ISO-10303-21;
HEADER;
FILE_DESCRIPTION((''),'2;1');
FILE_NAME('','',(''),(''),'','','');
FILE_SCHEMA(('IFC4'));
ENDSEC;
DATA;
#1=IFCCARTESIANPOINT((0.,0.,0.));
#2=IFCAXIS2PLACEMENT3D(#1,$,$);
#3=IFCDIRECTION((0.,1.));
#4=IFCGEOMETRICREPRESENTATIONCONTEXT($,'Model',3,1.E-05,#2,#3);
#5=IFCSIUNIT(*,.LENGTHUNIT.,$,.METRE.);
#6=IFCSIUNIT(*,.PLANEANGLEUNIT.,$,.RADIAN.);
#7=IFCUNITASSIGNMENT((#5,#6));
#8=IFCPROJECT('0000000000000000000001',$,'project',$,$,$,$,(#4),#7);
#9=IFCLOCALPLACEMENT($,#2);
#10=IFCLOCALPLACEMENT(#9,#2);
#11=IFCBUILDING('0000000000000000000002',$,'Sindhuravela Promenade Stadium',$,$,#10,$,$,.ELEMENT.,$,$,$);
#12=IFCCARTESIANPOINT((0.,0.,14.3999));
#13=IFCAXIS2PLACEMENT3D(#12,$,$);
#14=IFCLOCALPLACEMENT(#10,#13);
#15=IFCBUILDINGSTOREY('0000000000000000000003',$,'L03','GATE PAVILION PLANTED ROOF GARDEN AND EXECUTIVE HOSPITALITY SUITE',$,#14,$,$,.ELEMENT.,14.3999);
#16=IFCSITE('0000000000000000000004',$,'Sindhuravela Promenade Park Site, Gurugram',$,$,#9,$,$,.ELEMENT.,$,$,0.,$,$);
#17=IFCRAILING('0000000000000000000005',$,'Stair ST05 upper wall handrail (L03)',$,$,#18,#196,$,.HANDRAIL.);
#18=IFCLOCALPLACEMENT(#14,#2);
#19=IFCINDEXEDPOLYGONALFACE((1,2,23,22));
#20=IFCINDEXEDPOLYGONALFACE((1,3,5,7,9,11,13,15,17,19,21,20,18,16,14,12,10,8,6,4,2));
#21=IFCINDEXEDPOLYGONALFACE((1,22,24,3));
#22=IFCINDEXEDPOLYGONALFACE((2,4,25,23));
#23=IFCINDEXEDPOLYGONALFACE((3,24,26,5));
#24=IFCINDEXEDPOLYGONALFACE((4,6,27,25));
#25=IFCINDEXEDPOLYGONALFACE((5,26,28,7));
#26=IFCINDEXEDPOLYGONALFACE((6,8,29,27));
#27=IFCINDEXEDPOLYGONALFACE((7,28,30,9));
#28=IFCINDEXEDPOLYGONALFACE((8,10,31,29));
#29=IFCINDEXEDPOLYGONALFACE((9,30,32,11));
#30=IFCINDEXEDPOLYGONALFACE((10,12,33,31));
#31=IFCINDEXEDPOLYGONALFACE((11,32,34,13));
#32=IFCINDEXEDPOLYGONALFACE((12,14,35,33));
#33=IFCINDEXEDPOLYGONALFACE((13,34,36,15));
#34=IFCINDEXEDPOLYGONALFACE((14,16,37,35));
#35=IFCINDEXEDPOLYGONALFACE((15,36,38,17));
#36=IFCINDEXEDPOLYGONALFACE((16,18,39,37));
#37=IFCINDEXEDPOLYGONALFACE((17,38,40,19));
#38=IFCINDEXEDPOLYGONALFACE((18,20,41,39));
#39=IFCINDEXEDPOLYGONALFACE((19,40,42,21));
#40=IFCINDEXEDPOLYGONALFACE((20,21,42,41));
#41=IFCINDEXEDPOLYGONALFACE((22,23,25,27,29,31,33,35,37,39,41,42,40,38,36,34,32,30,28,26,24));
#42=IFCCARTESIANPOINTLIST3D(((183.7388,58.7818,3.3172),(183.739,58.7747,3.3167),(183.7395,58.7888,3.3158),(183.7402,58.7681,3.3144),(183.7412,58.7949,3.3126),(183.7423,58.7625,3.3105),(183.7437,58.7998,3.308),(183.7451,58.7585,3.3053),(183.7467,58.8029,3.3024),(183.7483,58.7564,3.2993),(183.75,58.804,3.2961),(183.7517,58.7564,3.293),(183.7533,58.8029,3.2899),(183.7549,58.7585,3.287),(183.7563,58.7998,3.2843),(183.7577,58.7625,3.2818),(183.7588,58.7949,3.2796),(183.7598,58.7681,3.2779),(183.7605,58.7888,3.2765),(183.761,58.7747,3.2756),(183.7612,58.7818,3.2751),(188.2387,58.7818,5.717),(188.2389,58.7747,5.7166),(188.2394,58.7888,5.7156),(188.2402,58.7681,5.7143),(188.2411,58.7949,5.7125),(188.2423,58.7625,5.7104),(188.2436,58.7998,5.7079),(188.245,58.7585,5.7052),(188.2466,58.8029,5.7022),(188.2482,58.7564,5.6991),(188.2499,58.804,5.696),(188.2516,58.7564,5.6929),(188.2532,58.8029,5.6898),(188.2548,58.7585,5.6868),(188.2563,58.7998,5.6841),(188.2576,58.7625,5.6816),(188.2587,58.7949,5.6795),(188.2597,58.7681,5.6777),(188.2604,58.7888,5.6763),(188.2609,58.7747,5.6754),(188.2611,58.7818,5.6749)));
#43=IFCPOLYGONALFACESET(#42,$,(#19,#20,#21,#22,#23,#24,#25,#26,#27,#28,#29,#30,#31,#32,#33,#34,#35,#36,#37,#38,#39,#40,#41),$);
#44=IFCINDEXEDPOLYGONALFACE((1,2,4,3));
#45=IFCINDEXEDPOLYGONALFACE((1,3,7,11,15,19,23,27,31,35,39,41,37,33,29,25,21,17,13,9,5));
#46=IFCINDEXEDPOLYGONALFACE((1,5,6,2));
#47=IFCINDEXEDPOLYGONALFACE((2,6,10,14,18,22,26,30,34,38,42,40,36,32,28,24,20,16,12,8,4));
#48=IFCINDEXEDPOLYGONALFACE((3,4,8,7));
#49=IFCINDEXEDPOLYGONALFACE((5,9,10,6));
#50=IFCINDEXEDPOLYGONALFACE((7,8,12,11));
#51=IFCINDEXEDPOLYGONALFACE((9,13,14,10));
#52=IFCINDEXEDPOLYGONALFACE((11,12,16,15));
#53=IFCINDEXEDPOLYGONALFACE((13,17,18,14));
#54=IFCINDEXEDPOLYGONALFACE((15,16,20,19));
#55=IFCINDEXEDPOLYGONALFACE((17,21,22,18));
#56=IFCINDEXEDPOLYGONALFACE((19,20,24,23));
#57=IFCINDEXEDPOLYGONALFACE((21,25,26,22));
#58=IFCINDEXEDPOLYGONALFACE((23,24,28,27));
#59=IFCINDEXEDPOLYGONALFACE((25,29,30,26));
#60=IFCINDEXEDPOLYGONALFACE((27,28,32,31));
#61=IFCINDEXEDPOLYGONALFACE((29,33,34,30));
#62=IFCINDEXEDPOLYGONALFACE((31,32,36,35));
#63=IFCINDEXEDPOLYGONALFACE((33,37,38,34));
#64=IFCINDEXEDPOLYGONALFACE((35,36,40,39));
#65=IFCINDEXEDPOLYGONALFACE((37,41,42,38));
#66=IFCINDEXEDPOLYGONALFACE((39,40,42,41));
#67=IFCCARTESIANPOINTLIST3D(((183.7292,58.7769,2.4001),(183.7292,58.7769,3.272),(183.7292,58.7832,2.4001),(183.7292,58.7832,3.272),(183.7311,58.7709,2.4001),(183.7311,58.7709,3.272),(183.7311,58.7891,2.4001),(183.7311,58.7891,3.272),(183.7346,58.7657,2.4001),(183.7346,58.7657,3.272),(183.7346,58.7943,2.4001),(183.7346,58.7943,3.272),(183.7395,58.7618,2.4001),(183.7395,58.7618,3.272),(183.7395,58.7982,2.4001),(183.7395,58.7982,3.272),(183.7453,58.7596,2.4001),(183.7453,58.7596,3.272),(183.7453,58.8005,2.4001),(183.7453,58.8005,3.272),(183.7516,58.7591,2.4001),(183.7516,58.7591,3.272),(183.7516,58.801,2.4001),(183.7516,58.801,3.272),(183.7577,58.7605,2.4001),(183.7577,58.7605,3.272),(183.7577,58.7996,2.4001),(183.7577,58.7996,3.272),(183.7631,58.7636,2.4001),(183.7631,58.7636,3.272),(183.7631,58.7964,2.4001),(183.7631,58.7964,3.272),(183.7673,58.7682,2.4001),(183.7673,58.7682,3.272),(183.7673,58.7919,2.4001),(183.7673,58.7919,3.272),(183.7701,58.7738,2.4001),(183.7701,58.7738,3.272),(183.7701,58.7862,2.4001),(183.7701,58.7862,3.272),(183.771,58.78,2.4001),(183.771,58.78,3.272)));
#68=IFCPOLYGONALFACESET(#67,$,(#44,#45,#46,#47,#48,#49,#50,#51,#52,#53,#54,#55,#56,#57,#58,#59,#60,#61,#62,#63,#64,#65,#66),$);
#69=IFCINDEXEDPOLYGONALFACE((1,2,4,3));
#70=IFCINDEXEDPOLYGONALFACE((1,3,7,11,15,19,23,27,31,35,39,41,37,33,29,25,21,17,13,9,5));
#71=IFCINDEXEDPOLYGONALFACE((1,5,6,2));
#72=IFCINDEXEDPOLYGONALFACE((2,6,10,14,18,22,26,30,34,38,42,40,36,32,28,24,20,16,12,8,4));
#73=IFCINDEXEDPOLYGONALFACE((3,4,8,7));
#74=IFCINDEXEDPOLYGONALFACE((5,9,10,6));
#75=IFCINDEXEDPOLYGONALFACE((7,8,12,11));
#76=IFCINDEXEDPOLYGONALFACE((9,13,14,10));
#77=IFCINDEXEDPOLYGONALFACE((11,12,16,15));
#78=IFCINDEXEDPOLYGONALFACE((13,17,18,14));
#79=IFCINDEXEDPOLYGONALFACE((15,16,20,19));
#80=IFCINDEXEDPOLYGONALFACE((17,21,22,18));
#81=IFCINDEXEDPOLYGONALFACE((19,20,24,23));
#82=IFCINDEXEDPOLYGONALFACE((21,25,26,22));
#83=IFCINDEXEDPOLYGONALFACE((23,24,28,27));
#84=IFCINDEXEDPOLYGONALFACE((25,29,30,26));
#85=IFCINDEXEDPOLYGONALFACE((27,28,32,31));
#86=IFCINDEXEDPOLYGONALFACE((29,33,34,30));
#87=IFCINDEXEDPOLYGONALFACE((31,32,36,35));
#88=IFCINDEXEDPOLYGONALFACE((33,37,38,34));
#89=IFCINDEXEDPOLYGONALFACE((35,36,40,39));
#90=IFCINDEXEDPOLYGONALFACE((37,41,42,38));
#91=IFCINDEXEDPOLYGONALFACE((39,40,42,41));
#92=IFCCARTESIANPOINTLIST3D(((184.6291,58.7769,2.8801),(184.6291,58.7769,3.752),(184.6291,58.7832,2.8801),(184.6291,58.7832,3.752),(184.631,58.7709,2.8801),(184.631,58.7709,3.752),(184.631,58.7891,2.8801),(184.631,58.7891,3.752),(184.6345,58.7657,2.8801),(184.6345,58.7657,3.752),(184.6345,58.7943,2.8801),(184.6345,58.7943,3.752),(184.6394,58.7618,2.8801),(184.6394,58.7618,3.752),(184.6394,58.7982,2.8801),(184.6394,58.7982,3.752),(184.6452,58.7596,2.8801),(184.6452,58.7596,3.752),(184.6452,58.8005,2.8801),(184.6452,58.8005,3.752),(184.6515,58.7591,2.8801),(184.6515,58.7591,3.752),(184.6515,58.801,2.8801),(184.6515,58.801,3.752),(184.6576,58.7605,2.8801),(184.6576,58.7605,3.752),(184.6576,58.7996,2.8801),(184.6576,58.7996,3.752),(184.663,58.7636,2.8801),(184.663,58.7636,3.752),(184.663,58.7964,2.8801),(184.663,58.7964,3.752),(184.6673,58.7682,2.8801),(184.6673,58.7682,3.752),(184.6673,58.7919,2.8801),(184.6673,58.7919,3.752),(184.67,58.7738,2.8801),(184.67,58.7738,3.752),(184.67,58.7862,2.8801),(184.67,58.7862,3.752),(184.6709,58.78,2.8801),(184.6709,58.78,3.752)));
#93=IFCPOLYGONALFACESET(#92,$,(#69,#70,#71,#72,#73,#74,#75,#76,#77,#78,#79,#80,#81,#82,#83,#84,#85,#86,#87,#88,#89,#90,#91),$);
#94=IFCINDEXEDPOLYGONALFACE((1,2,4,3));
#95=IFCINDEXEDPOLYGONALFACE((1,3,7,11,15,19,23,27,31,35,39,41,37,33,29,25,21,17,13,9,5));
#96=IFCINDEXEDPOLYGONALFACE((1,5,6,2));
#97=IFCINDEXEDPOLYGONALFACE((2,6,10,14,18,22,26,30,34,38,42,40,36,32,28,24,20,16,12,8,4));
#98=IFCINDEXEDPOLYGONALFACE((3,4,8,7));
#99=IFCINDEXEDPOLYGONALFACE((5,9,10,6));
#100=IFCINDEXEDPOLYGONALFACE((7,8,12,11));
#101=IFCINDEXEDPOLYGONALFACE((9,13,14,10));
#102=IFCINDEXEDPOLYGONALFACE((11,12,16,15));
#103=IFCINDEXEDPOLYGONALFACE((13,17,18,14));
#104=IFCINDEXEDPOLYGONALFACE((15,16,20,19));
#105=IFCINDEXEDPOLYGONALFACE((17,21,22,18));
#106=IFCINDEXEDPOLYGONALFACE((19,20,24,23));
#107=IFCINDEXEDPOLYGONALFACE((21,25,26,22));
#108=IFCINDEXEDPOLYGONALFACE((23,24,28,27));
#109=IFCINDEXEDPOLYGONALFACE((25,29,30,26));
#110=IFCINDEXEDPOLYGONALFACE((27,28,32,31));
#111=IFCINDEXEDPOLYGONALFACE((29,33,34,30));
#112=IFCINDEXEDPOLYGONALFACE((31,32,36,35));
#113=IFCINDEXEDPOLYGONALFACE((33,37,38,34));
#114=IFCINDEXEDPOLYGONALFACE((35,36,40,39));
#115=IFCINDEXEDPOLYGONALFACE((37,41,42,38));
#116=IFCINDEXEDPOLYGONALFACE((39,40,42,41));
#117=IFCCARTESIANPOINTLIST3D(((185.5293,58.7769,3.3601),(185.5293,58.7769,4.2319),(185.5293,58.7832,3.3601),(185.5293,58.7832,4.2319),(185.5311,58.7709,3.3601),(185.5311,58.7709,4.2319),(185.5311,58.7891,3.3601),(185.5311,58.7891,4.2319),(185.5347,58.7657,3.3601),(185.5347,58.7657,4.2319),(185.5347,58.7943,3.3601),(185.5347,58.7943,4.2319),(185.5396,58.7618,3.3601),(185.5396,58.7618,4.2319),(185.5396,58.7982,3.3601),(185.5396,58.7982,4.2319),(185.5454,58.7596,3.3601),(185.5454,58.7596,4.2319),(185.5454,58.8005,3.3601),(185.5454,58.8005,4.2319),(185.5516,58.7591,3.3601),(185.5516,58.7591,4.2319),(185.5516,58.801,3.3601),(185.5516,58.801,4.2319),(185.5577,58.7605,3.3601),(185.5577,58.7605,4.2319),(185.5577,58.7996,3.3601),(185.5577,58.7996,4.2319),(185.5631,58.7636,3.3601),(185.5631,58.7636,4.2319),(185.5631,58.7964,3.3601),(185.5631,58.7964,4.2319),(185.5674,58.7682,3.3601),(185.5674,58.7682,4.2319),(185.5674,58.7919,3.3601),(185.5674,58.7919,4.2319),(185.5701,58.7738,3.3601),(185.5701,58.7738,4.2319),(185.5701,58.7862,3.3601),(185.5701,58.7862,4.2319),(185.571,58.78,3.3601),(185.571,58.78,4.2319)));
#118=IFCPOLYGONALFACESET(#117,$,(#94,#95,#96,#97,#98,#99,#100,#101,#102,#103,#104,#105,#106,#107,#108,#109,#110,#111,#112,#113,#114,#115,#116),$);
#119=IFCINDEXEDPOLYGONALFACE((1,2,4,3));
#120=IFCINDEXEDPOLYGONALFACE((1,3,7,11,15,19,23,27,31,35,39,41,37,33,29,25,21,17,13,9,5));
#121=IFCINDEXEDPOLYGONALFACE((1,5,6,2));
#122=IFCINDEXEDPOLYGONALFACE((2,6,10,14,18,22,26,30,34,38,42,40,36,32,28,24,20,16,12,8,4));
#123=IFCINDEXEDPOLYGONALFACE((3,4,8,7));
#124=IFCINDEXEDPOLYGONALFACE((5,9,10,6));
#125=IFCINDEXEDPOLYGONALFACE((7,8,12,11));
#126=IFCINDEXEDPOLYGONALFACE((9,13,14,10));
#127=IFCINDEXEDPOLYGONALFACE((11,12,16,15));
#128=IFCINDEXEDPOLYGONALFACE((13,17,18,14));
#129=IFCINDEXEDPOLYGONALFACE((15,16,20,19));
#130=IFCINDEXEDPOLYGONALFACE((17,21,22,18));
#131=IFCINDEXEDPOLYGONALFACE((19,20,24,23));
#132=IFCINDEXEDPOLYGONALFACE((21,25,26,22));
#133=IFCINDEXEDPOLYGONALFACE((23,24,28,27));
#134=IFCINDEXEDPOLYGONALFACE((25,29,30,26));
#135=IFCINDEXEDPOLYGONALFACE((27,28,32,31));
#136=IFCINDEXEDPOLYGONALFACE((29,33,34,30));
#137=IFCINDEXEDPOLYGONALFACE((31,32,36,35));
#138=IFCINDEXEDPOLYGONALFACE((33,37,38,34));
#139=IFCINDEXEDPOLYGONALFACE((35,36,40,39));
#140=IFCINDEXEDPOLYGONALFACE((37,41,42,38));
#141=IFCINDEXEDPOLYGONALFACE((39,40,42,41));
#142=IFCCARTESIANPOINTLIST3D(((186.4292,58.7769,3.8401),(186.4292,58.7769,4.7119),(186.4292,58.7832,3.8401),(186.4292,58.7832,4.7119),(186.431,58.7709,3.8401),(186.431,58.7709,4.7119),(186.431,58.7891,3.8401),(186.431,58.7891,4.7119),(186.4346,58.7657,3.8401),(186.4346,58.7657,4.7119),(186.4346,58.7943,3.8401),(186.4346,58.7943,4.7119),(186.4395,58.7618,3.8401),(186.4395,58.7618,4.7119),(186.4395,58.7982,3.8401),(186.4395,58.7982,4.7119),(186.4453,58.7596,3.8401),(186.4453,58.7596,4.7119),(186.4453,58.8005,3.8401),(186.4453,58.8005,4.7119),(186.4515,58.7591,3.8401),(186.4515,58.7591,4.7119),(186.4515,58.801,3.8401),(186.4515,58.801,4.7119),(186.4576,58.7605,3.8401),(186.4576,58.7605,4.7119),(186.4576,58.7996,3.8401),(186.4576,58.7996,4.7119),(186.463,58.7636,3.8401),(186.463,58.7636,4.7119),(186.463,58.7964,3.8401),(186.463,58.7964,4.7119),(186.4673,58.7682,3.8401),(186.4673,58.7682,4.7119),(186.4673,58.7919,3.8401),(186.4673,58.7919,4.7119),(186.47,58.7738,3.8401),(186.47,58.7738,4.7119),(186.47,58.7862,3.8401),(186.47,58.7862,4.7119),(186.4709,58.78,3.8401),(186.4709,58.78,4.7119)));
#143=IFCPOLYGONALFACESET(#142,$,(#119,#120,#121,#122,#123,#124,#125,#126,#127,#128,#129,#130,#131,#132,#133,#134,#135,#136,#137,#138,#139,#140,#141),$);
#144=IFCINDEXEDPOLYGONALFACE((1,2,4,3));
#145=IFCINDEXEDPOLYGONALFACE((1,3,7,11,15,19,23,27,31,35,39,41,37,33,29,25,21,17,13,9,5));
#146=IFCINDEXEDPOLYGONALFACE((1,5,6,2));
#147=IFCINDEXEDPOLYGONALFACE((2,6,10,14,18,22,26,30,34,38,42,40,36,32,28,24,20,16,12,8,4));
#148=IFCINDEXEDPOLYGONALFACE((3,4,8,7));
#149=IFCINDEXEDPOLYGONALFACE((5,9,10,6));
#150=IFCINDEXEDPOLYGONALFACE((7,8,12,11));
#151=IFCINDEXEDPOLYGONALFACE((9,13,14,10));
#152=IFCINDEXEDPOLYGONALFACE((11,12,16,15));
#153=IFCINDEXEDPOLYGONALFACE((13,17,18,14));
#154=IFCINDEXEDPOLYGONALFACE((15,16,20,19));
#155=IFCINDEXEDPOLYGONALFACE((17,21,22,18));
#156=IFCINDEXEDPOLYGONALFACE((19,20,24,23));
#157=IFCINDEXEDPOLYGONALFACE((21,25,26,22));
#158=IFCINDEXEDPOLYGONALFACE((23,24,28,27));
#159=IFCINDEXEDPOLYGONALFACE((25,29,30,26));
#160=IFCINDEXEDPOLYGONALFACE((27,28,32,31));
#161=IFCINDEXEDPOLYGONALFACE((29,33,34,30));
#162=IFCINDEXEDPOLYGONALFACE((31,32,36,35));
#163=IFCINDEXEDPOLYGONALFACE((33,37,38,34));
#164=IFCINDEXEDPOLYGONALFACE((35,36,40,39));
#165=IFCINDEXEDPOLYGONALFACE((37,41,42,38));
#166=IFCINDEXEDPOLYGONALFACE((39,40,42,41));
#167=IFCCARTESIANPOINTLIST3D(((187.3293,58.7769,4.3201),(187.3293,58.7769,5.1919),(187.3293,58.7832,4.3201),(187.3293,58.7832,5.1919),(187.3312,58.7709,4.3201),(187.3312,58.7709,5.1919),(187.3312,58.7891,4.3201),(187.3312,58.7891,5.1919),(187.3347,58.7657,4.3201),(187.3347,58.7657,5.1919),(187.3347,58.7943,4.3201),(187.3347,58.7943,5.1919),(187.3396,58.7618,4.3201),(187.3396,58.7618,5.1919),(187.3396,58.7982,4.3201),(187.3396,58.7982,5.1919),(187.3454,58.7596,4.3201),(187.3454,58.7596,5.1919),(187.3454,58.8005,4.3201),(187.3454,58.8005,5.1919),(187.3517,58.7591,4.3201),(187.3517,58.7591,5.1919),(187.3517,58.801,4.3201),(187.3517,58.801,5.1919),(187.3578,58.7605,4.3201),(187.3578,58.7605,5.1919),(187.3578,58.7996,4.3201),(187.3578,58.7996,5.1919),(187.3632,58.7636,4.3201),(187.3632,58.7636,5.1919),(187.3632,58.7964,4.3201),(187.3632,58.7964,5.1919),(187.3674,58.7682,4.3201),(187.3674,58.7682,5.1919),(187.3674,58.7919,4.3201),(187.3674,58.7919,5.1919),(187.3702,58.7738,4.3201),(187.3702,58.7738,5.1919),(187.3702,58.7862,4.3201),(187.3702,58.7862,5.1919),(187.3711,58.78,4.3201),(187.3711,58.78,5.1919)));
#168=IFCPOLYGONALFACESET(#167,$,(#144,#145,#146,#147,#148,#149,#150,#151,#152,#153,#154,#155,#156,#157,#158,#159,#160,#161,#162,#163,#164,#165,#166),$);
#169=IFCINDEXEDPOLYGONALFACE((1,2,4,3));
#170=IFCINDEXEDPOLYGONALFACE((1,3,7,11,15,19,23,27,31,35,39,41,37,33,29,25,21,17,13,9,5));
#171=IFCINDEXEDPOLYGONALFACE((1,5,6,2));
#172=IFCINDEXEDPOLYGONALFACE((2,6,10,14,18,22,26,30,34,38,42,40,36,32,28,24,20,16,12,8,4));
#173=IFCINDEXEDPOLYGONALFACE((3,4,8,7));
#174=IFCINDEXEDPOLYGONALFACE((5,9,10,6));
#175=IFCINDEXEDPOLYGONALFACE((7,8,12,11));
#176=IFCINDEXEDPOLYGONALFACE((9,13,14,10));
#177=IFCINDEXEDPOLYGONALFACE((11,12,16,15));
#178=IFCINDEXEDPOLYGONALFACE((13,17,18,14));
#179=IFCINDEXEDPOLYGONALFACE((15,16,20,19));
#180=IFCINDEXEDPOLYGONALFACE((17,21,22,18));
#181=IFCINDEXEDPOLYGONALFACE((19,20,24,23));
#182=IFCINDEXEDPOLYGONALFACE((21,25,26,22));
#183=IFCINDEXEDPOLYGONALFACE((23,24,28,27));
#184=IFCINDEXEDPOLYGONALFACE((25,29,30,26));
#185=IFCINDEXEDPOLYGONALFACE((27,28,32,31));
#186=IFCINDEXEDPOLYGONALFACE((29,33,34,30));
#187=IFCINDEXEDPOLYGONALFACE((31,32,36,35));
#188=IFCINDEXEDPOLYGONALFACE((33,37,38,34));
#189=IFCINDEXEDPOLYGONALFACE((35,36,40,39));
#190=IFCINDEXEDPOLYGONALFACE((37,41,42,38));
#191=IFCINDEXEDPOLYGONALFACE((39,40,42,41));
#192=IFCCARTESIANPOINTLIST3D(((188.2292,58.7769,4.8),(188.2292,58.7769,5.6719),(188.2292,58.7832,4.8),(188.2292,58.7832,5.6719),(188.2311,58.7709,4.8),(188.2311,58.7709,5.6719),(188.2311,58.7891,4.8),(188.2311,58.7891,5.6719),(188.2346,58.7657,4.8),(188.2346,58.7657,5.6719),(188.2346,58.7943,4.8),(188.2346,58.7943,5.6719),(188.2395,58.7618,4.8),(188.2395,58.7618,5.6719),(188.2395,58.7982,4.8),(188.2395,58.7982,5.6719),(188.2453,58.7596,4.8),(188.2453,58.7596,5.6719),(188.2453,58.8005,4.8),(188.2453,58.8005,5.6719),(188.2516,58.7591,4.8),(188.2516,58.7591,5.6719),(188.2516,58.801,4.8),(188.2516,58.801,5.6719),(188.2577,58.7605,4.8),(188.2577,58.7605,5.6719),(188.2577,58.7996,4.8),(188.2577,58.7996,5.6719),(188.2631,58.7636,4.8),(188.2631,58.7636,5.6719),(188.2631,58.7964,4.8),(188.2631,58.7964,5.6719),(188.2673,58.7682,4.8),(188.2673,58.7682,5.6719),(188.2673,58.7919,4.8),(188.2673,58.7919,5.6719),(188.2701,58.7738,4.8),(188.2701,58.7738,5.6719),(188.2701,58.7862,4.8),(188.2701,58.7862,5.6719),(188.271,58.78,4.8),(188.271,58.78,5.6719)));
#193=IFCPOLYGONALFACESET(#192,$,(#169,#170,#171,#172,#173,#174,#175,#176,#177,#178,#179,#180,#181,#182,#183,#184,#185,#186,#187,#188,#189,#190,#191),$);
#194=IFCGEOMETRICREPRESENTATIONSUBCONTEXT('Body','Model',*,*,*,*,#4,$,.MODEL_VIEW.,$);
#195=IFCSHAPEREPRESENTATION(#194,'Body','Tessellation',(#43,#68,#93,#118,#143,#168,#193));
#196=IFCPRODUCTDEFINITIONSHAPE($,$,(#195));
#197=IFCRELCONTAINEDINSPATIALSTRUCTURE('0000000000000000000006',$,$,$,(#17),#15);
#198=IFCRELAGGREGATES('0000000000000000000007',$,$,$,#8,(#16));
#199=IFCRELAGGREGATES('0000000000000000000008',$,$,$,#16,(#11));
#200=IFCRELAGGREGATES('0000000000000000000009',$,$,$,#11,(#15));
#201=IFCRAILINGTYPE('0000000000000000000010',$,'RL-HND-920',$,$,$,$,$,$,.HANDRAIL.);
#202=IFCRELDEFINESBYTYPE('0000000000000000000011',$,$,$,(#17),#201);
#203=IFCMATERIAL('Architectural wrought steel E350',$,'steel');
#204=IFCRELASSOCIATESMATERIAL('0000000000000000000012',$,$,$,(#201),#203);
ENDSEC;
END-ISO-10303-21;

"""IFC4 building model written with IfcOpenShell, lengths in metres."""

from ifc_helpers import new_model, si_unit, direction, frame, origin, origin_2d, place, context, subcontext, project, spatial, circle, extrude, material, type_object, element, save


model = new_model("IFC4")

# Units and contexts
model_context = context("Model", 3, precision=1e-05, world=origin(), true_north=direction((0.0, 1.0)))
body_context = subcontext(model_context, "Body", "Model", "MODEL_VIEW")
ifc_project = project(units=[si_unit("LENGTHUNIT", "METRE"), si_unit("PLANEANGLEUNIT", "RADIAN")], contexts=[model_context])

# Site, building, storey
site_placement = place(None, origin())
site = spatial("IfcSite", under=ifc_project, at=site_placement, Name="Sindhuravela Promenade Park Site, Gurugram", CompositionType="ELEMENT", RefElevation=0.0)
building_placement = place(site_placement, origin())
building = spatial("IfcBuilding", under=site, at=building_placement, Name="Sindhuravela Promenade Stadium", CompositionType="ELEMENT")
storey_placement = place(building_placement, frame((0.0, 0.0, 14.3999)))
storey = spatial("IfcBuildingStorey", under=building, at=storey_placement, Name="L03", Description="GATE PAVILION PLANTED ROOF GARDEN AND EXECUTIVE HOSPITALITY SUITE", CompositionType="ELEMENT", Elevation=14.3999)

# Shared definitions
ifc_material_1 = material(Name="Architectural wrought steel E350", Category="steel")

# Railing
railing_type_1 = type_object("IfcRailingType", Name="RL-HND-920", PredefinedType="HANDRAIL", material=ifc_material_1)
railing_1_placement = place(storey_placement, frame((183.75, 58.78, 2.4001)))
element("IfcRailing", 1, at=railing_1_placement, inside=storey, type_object=railing_type_1, Name="Stair ST05 upper wall handrail (L03)", PredefinedType="HANDRAIL", context=body_context, shape_type="SweptSolid", body=[
    extrude(circle(Radius=0.0239, at=origin_2d()), frame((0.0, 0.0, 0.896), z_axis=(0.882361, 0.0, 0.470573), x_axis=(0.0, 1.0, 0.0)), (0.0, 0.0, 1.0), 5.0999),
    extrude(circle(Radius=0.021, at=origin_2d()), origin(), (0.0, 0.0, 1.0), 0.8718),
    extrude(circle(Radius=0.021, at=origin_2d()), frame((0.8999, 0.0, 0.48)), (0.0, 0.0, 1.0), 0.8718),
    extrude(circle(Radius=0.021, at=origin_2d()), frame((1.8, 0.0, 0.96)), (0.0, 0.0, 1.0), 0.8718),
    extrude(circle(Radius=0.021, at=origin_2d()), frame((2.7, 0.0, 1.4399)), (0.0, 0.0, 1.0), 0.8718),
    extrude(circle(Radius=0.021, at=origin_2d()), frame((3.6001, 0.0, 1.9199)), (0.0, 0.0, 1.0), 0.8718),
    extrude(circle(Radius=0.021, at=origin_2d()), frame((4.5, 0.0, 2.3999)), (0.0, 0.0, 1.0), 0.8718),
])

save(model, "model.ifc")
